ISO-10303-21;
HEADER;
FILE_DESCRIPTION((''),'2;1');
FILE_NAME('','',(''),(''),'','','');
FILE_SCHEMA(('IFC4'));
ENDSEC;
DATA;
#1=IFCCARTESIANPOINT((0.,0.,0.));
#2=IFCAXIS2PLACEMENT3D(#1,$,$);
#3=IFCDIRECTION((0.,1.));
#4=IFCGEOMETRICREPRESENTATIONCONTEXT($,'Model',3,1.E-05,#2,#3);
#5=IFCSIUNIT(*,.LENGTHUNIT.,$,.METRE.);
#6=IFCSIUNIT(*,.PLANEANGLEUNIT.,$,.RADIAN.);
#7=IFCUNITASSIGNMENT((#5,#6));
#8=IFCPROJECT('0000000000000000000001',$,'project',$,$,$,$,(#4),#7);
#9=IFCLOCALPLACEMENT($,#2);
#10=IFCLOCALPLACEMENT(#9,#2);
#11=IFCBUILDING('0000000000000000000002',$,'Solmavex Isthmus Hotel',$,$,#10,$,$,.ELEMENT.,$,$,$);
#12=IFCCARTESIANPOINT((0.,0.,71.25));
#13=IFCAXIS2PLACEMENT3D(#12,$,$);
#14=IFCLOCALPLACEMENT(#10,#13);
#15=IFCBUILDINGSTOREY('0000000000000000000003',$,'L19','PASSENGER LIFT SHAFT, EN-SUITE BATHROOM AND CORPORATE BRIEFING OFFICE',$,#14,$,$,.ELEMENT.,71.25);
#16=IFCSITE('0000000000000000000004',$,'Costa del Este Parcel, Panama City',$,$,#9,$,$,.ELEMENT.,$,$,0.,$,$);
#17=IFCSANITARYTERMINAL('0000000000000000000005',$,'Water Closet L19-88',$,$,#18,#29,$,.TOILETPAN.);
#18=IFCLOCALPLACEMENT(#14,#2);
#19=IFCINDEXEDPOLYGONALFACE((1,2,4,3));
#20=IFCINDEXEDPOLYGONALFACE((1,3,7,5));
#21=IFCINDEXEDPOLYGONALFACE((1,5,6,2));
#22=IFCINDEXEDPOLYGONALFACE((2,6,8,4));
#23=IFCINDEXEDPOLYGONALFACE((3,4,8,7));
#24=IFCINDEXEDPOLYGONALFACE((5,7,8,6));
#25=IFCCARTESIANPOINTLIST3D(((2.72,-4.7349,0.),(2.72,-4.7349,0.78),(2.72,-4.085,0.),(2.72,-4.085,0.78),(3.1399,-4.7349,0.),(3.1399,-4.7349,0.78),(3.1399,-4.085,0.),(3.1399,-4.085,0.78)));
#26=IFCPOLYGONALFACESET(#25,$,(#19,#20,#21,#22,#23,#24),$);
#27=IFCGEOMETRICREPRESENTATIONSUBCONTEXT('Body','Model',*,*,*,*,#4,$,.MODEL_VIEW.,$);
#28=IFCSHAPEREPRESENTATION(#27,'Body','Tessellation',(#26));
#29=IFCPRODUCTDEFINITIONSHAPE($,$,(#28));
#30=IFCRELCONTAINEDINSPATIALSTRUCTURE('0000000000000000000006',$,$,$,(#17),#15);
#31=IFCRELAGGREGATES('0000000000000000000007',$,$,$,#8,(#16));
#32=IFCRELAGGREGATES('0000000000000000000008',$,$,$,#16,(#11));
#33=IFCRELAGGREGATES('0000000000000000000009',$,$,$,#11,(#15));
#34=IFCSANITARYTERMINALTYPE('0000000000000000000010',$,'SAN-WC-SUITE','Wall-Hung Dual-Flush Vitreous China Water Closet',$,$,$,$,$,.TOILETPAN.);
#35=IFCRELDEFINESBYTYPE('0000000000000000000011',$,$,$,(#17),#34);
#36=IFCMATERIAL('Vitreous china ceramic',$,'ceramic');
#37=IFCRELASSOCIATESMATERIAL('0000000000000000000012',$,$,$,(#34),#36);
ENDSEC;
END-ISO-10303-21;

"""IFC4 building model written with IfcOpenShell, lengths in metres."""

from ifc_helpers import new_model, si_unit, direction, frame, origin, origin_2d, place, context, subcontext, project, spatial, rectangle, extrude, material, type_object, element, save


model = new_model("IFC4")

# Units and contexts
model_context = context("Model", 3, precision=1e-05, world=origin(), true_north=direction((0.0, 1.0)))
body_context = subcontext(model_context, "Body", "Model", "MODEL_VIEW")
ifc_project = project(units=[si_unit("LENGTHUNIT", "METRE"), si_unit("PLANEANGLEUNIT", "RADIAN")], contexts=[model_context])

# Site, building, storey
site_placement = place(None, origin())
site = spatial("IfcSite", under=ifc_project, at=site_placement, Name="Costa del Este Parcel, Panama City", CompositionType="ELEMENT", RefElevation=0.0)
building_placement = place(site_placement, origin())
building = spatial("IfcBuilding", under=site, at=building_placement, Name="Solmavex Isthmus Hotel", CompositionType="ELEMENT")
storey_placement = place(building_placement, frame((0.0, 0.0, 71.25)))
storey = spatial("IfcBuildingStorey", under=building, at=storey_placement, Name="L19", Description="PASSENGER LIFT SHAFT, EN-SUITE BATHROOM AND CORPORATE BRIEFING OFFICE", CompositionType="ELEMENT", Elevation=71.25)

# Sanitary terminal
ifc_material_1 = material(Name="Vitreous china ceramic", Category="ceramic")
sanitary_terminal_type_1 = type_object("IfcSanitaryTerminalType", Name="SAN-WC-SUITE", Description="Wall-Hung Dual-Flush Vitreous China Water Closet", PredefinedType="TOILETPAN", material=ifc_material_1)
sanitary_terminal_1_placement = place(storey_placement, frame((2.9299, -4.4099, 0.0), z_axis=(0.0, 0.0, 1.0), x_axis=(1.0, 0.0, 0.0)))
element("IfcSanitaryTerminal", 1, at=sanitary_terminal_1_placement, inside=storey, type_object=sanitary_terminal_type_1, Name="Water Closet L19-88", PredefinedType="TOILETPAN", context=body_context, shape_type="SweptSolid", body=[
    extrude(rectangle(XDim=0.4199, YDim=0.6499, at=origin_2d()), origin(), (0.0, 0.0, 1.0), 0.78),
])

save(model, "model.ifc")
